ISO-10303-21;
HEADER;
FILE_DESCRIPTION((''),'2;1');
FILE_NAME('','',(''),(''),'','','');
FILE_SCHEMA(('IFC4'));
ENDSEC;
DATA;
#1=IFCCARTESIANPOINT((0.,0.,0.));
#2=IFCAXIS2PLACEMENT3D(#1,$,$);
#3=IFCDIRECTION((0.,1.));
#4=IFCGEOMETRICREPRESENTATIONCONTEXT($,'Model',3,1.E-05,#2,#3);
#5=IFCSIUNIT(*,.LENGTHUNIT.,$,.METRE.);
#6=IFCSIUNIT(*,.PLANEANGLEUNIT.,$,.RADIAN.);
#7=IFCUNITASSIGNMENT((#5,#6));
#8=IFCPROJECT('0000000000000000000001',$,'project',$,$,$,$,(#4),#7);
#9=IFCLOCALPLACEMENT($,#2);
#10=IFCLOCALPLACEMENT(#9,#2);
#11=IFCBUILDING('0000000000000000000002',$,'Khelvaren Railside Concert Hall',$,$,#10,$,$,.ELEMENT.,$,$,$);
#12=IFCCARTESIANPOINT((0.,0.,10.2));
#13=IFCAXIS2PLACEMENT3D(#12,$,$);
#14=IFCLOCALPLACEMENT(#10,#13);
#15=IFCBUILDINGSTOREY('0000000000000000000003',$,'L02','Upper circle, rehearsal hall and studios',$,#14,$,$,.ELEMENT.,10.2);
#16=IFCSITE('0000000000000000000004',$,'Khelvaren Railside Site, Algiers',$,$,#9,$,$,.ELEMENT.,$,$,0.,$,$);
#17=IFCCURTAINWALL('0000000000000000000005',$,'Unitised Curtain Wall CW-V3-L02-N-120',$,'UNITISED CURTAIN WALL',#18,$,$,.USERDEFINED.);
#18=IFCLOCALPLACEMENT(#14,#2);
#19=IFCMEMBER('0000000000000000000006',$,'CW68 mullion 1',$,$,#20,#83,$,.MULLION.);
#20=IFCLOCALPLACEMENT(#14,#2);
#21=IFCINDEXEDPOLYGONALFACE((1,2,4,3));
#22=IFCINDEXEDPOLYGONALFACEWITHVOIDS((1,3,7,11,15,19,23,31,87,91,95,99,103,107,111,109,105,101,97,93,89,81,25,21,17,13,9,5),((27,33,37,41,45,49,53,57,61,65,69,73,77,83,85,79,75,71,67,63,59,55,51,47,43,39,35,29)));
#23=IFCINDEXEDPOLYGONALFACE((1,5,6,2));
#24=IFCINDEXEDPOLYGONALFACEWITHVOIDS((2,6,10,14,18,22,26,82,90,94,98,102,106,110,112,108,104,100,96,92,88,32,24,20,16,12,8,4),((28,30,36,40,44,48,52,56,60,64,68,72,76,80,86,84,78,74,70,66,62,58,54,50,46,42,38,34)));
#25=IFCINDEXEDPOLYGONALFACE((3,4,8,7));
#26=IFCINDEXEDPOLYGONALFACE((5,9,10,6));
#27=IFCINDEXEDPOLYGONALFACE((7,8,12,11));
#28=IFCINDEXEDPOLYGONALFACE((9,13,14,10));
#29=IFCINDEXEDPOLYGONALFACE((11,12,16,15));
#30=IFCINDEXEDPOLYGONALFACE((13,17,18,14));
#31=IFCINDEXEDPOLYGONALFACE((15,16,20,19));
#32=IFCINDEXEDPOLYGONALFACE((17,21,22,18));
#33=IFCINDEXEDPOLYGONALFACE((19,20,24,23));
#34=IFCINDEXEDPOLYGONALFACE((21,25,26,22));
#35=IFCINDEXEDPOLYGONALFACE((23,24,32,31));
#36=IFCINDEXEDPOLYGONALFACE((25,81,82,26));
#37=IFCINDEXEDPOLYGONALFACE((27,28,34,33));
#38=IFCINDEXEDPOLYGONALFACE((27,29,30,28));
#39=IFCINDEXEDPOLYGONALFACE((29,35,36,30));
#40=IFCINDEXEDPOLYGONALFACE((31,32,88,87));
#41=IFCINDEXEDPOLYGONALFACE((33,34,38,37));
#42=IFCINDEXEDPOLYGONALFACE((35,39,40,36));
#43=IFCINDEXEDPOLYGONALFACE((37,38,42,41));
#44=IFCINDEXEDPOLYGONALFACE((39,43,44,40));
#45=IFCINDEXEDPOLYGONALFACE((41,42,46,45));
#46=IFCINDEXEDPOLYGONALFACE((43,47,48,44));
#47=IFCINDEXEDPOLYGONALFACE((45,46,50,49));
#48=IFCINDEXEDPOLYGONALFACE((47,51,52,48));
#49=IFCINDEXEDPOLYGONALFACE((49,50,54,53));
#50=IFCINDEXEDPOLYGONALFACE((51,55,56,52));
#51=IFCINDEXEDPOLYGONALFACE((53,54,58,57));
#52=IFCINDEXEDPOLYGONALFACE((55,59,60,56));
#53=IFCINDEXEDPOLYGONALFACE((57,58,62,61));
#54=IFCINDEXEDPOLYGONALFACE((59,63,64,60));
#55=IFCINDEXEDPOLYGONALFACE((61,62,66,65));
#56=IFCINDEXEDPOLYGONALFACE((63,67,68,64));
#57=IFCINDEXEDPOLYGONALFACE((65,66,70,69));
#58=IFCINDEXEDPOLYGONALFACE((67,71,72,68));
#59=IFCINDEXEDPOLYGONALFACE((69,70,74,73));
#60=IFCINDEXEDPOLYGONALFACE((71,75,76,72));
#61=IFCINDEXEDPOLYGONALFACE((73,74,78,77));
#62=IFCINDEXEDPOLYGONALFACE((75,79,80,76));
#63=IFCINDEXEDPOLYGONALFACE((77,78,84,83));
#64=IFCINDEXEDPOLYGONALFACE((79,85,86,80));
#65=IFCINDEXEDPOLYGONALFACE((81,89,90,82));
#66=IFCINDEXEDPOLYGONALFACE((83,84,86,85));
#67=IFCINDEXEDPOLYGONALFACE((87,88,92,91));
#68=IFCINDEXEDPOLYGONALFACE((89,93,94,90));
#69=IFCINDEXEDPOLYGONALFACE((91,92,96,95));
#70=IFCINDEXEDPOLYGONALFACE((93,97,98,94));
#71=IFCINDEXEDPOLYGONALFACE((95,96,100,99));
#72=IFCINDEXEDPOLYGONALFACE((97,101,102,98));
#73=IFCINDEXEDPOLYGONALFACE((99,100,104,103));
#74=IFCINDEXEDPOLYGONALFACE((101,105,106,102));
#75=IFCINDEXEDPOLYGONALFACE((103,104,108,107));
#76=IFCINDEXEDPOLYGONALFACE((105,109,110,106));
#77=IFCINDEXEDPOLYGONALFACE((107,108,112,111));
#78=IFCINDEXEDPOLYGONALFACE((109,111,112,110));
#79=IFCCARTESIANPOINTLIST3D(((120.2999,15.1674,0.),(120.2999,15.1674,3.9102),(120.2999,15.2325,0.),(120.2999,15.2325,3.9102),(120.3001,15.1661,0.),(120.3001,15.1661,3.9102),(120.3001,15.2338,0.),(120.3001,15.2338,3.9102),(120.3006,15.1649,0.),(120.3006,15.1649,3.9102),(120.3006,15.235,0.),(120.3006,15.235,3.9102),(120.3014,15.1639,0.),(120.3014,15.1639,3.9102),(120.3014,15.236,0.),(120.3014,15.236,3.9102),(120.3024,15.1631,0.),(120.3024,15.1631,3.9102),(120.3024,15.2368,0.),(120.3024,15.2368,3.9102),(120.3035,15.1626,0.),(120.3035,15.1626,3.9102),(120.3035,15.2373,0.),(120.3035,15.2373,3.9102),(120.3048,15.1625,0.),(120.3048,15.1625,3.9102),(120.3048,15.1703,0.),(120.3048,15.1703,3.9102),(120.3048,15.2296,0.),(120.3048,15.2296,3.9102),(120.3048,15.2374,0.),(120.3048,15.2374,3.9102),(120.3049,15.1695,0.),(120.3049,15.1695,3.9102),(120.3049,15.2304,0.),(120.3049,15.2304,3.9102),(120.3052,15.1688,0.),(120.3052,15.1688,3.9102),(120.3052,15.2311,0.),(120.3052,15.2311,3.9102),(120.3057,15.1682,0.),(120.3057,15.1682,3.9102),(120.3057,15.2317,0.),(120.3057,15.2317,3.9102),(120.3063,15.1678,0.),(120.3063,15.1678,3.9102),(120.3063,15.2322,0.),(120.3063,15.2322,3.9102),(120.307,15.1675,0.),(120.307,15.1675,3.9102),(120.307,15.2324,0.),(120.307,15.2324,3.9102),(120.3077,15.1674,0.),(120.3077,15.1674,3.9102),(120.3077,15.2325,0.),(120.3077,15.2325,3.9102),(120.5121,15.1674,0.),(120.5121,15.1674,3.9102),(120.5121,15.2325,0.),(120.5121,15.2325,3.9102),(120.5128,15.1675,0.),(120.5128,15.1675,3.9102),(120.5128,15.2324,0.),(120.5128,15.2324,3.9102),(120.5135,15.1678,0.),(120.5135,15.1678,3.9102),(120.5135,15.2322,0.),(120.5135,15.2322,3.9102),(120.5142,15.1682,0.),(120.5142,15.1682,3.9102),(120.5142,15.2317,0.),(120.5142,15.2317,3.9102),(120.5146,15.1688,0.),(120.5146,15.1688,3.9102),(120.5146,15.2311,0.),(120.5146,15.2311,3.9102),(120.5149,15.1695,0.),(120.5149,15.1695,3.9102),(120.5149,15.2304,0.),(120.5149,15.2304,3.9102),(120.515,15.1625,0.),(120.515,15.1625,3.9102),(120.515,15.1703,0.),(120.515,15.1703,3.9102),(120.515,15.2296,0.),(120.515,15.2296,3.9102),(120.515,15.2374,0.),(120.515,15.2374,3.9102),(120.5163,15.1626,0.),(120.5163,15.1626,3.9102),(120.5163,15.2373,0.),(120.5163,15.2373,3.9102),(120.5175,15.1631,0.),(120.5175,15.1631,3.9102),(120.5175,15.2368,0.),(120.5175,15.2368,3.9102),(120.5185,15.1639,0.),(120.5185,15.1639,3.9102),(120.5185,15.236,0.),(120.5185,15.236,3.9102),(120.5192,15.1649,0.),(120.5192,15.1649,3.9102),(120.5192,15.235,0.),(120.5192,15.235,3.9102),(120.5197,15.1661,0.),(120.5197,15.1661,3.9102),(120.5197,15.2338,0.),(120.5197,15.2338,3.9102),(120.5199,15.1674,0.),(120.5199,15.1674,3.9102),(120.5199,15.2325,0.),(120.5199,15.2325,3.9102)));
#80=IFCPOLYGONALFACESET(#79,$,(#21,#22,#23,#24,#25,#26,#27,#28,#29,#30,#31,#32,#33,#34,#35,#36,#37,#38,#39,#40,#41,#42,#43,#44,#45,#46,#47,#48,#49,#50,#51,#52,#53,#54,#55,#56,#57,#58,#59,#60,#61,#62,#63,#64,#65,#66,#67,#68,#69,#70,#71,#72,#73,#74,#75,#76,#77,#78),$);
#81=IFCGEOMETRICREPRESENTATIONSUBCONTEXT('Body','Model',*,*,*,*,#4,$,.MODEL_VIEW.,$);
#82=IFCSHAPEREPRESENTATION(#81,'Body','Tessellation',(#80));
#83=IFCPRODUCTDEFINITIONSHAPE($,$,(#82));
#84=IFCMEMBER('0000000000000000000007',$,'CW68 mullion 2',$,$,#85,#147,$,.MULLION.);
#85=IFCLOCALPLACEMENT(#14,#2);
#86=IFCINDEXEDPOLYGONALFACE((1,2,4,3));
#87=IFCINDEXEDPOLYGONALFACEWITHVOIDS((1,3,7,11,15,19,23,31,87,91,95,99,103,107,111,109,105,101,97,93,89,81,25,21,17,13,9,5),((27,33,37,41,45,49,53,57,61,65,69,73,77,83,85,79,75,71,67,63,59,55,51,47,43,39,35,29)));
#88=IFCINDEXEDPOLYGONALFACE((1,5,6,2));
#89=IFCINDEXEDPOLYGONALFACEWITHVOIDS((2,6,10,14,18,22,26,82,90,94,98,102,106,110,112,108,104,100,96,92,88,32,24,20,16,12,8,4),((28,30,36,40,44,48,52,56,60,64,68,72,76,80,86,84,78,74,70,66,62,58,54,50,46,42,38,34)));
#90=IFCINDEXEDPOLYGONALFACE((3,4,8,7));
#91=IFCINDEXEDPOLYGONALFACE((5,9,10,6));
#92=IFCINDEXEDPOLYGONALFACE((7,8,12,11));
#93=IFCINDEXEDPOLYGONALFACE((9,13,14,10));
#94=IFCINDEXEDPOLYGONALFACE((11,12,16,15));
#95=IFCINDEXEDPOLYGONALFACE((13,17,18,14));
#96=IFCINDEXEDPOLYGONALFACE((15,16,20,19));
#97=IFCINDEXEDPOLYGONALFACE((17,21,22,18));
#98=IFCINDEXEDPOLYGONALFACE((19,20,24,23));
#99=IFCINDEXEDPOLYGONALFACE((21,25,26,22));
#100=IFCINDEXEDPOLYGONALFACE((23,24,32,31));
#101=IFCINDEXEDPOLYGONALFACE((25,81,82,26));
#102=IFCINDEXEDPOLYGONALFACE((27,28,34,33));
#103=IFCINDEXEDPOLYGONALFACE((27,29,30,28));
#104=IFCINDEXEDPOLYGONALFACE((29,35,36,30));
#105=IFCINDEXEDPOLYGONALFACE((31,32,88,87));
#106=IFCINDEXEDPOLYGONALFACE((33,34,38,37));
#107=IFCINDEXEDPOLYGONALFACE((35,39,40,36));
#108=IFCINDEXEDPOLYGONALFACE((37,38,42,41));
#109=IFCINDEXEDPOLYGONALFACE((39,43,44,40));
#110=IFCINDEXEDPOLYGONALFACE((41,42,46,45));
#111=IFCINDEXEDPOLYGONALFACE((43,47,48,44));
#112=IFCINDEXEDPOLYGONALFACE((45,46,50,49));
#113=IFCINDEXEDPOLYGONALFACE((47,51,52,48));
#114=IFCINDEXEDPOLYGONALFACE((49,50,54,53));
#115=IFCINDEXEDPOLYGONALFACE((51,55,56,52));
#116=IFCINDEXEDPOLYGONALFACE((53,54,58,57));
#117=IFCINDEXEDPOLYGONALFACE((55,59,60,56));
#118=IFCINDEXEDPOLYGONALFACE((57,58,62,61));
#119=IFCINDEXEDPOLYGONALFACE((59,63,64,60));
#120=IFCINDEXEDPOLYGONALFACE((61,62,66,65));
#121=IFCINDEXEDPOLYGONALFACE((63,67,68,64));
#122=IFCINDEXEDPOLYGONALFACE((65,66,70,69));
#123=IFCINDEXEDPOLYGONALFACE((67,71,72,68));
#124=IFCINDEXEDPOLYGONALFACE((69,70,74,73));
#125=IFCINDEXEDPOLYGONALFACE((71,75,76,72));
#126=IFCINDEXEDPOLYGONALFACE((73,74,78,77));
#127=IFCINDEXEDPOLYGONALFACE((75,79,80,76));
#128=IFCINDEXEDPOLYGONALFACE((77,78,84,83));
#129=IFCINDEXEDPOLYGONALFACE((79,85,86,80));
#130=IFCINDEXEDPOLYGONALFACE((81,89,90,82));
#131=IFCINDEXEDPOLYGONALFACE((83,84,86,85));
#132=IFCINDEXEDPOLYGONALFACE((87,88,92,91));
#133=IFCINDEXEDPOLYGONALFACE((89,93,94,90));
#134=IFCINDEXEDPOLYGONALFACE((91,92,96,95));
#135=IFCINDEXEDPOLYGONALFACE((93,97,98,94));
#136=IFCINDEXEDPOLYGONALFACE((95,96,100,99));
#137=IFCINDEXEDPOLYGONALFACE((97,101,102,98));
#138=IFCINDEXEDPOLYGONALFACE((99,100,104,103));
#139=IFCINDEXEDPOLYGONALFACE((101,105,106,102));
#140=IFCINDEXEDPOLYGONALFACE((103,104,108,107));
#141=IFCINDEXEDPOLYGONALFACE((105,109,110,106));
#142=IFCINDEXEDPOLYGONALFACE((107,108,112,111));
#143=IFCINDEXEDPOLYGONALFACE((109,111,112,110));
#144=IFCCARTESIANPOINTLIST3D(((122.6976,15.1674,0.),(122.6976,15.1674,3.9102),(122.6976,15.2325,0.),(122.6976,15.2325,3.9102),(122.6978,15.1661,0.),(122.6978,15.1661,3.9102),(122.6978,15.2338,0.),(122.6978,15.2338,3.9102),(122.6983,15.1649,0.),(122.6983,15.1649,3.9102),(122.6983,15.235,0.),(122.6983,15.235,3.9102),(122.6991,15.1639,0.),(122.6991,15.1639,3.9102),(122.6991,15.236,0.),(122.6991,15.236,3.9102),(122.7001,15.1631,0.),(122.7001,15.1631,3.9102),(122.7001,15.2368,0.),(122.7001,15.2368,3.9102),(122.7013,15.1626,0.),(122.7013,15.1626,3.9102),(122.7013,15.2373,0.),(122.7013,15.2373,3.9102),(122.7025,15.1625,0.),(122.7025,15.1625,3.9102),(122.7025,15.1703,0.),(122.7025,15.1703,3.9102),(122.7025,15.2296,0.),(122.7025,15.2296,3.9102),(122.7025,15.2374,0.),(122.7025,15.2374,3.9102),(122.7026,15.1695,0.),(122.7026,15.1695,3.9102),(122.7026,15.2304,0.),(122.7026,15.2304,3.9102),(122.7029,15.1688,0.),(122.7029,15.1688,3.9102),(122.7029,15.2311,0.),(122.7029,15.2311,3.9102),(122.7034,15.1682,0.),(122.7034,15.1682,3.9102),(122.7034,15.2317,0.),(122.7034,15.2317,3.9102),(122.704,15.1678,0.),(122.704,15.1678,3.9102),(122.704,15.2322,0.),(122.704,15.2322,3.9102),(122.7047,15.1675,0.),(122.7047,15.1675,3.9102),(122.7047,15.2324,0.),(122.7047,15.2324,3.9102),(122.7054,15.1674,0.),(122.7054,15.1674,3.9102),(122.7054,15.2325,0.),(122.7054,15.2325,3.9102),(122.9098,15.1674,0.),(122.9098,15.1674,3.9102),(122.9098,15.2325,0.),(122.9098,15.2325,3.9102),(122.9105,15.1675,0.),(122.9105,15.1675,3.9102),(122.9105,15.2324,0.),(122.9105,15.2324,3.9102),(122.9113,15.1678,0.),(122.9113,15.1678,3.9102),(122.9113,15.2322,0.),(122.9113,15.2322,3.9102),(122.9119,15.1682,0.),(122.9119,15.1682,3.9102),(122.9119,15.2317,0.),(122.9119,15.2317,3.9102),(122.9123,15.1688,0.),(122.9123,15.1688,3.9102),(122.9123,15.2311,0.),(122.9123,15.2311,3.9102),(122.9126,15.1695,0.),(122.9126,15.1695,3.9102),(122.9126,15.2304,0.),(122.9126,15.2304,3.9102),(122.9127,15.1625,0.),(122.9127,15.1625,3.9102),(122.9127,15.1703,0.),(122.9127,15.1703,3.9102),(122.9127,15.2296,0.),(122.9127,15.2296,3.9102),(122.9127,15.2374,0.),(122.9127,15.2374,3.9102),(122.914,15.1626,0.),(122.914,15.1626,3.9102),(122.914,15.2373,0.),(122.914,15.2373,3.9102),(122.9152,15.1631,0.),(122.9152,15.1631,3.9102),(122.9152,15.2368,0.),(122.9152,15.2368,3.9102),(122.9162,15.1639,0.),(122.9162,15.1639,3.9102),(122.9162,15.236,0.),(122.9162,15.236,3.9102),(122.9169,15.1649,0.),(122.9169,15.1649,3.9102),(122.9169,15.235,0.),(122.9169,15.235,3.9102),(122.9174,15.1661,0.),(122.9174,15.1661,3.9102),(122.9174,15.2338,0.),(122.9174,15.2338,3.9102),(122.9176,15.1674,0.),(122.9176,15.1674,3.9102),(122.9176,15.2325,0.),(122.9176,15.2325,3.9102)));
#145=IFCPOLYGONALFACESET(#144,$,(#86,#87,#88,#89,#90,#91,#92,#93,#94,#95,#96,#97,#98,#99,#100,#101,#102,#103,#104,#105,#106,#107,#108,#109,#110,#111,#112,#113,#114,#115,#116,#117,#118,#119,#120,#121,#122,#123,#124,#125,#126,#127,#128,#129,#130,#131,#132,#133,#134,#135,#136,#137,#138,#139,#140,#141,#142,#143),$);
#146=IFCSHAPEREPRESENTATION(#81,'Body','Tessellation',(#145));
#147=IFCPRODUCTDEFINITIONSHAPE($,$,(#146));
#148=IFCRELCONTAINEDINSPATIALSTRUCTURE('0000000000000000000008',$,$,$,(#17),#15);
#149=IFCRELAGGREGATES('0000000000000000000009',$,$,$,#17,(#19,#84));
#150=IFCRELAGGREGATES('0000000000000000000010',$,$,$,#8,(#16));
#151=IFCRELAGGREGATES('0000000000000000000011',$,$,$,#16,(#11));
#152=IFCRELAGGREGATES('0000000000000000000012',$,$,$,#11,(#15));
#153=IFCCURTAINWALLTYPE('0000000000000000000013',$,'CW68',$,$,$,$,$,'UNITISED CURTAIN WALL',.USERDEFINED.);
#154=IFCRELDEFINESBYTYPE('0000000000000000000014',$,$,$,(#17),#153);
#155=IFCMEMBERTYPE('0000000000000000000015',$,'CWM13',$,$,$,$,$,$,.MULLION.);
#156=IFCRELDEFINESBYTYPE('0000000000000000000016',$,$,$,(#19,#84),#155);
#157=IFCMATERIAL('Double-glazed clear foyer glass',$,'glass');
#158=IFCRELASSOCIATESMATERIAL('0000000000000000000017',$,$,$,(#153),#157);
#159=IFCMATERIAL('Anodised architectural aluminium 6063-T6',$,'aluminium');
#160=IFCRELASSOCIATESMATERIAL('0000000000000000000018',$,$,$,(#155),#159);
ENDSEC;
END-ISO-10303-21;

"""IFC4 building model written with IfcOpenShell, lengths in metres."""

from ifc_helpers import new_model, si_unit, direction, frame, origin, origin_2d, place, context, subcontext, project, spatial, hollow_rectangle, extrude, material, material_profile, profile_set, type_object, element, aggregate, save


model = new_model("IFC4")

# Units and contexts
model_context = context("Model", 3, precision=1e-05, world=origin(), true_north=direction((0.0, 1.0)))
body_context = subcontext(model_context, "Body", "Model", "MODEL_VIEW")
ifc_project = project(units=[si_unit("LENGTHUNIT", "METRE"), si_unit("PLANEANGLEUNIT", "RADIAN")], contexts=[model_context])

# Site, building, storey
site_placement = place(None, origin())
site = spatial("IfcSite", under=ifc_project, at=site_placement, Name="Khelvaren Railside Site, Algiers", CompositionType="ELEMENT", RefElevation=0.0)
building_placement = place(site_placement, origin())
building = spatial("IfcBuilding", under=site, at=building_placement, Name="Khelvaren Railside Concert Hall", CompositionType="ELEMENT")
storey_placement = place(building_placement, frame((0.0, 0.0, 10.2)))
storey = spatial("IfcBuildingStorey", under=building, at=storey_placement, Name="L02", Description="Upper circle, rehearsal hall and studios", CompositionType="ELEMENT", Elevation=10.2)

# Curtain wall, members
ifc_material_1 = material(Name="Double-glazed clear foyer glass", Category="glass")
curtain_wall_type = type_object("IfcCurtainWallType", Name="CW68", ElementType="UNITISED CURTAIN WALL", PredefinedType="USERDEFINED", material=ifc_material_1)
curtain_wall_placement = place(storey_placement, origin())
curtain_wall = element("IfcCurtainWall", 1, at=curtain_wall_placement, inside=storey, type_object=curtain_wall_type, Name="Unitised Curtain Wall CW-V3-L02-N-120", ObjectType="UNITISED CURTAIN WALL", PredefinedType="USERDEFINED")
ifc_material_2 = material(Name="Anodised architectural aluminium 6063-T6", Category="aluminium")
ifc_material_profile_1 = material_profile(ifc_material_2, hollow_rectangle(XDim=0.075, YDim=0.22, WallThickness=0.0049, InnerFilletRadius=0.0029, OuterFilletRadius=0.0049, at=origin_2d()), Name="CWM 75x220x5")
ifc_profile_set_1 = profile_set([ifc_material_profile_1], Name="Anodised architectural aluminium 6063-T6")
member_type_1 = type_object("IfcMemberType", Name="CWM13", PredefinedType="MULLION", material=ifc_profile_set_1)
member_1_placement = place(storey_placement, frame((120.4099, 15.2, 0.0), z_axis=(0.0, 0.0, 1.0), x_axis=(0.0, 1.0, 0.0)))
member_1 = element("IfcMember", 2, at=member_1_placement, type_object=member_type_1, Name="CW68 mullion 1", PredefinedType="MULLION", context=body_context, shape_type="SweptSolid", body=[
    extrude(hollow_rectangle(XDim=0.075, YDim=0.22, WallThickness=0.0049, InnerFilletRadius=0.0029, OuterFilletRadius=0.0049, at=origin_2d()), origin(), (0.0, 0.0, 1.0), 3.9102),
])
member_2_placement = place(storey_placement, frame((122.8076, 15.2, 0.0), z_axis=(0.0, 0.0, 1.0), x_axis=(0.0, 1.0, 0.0)))
member_2 = element("IfcMember", 3, at=member_2_placement, type_object=member_type_1, Name="CW68 mullion 2", PredefinedType="MULLION", context=body_context, shape_type="SweptSolid", body=[
    extrude(hollow_rectangle(XDim=0.075, YDim=0.22, WallThickness=0.0049, InnerFilletRadius=0.0029, OuterFilletRadius=0.0049, at=origin_2d()), origin(), (0.0, 0.0, 1.0), 3.9102),
])
aggregate(curtain_wall, [member_1, member_2])

save(model, "model.ifc")
